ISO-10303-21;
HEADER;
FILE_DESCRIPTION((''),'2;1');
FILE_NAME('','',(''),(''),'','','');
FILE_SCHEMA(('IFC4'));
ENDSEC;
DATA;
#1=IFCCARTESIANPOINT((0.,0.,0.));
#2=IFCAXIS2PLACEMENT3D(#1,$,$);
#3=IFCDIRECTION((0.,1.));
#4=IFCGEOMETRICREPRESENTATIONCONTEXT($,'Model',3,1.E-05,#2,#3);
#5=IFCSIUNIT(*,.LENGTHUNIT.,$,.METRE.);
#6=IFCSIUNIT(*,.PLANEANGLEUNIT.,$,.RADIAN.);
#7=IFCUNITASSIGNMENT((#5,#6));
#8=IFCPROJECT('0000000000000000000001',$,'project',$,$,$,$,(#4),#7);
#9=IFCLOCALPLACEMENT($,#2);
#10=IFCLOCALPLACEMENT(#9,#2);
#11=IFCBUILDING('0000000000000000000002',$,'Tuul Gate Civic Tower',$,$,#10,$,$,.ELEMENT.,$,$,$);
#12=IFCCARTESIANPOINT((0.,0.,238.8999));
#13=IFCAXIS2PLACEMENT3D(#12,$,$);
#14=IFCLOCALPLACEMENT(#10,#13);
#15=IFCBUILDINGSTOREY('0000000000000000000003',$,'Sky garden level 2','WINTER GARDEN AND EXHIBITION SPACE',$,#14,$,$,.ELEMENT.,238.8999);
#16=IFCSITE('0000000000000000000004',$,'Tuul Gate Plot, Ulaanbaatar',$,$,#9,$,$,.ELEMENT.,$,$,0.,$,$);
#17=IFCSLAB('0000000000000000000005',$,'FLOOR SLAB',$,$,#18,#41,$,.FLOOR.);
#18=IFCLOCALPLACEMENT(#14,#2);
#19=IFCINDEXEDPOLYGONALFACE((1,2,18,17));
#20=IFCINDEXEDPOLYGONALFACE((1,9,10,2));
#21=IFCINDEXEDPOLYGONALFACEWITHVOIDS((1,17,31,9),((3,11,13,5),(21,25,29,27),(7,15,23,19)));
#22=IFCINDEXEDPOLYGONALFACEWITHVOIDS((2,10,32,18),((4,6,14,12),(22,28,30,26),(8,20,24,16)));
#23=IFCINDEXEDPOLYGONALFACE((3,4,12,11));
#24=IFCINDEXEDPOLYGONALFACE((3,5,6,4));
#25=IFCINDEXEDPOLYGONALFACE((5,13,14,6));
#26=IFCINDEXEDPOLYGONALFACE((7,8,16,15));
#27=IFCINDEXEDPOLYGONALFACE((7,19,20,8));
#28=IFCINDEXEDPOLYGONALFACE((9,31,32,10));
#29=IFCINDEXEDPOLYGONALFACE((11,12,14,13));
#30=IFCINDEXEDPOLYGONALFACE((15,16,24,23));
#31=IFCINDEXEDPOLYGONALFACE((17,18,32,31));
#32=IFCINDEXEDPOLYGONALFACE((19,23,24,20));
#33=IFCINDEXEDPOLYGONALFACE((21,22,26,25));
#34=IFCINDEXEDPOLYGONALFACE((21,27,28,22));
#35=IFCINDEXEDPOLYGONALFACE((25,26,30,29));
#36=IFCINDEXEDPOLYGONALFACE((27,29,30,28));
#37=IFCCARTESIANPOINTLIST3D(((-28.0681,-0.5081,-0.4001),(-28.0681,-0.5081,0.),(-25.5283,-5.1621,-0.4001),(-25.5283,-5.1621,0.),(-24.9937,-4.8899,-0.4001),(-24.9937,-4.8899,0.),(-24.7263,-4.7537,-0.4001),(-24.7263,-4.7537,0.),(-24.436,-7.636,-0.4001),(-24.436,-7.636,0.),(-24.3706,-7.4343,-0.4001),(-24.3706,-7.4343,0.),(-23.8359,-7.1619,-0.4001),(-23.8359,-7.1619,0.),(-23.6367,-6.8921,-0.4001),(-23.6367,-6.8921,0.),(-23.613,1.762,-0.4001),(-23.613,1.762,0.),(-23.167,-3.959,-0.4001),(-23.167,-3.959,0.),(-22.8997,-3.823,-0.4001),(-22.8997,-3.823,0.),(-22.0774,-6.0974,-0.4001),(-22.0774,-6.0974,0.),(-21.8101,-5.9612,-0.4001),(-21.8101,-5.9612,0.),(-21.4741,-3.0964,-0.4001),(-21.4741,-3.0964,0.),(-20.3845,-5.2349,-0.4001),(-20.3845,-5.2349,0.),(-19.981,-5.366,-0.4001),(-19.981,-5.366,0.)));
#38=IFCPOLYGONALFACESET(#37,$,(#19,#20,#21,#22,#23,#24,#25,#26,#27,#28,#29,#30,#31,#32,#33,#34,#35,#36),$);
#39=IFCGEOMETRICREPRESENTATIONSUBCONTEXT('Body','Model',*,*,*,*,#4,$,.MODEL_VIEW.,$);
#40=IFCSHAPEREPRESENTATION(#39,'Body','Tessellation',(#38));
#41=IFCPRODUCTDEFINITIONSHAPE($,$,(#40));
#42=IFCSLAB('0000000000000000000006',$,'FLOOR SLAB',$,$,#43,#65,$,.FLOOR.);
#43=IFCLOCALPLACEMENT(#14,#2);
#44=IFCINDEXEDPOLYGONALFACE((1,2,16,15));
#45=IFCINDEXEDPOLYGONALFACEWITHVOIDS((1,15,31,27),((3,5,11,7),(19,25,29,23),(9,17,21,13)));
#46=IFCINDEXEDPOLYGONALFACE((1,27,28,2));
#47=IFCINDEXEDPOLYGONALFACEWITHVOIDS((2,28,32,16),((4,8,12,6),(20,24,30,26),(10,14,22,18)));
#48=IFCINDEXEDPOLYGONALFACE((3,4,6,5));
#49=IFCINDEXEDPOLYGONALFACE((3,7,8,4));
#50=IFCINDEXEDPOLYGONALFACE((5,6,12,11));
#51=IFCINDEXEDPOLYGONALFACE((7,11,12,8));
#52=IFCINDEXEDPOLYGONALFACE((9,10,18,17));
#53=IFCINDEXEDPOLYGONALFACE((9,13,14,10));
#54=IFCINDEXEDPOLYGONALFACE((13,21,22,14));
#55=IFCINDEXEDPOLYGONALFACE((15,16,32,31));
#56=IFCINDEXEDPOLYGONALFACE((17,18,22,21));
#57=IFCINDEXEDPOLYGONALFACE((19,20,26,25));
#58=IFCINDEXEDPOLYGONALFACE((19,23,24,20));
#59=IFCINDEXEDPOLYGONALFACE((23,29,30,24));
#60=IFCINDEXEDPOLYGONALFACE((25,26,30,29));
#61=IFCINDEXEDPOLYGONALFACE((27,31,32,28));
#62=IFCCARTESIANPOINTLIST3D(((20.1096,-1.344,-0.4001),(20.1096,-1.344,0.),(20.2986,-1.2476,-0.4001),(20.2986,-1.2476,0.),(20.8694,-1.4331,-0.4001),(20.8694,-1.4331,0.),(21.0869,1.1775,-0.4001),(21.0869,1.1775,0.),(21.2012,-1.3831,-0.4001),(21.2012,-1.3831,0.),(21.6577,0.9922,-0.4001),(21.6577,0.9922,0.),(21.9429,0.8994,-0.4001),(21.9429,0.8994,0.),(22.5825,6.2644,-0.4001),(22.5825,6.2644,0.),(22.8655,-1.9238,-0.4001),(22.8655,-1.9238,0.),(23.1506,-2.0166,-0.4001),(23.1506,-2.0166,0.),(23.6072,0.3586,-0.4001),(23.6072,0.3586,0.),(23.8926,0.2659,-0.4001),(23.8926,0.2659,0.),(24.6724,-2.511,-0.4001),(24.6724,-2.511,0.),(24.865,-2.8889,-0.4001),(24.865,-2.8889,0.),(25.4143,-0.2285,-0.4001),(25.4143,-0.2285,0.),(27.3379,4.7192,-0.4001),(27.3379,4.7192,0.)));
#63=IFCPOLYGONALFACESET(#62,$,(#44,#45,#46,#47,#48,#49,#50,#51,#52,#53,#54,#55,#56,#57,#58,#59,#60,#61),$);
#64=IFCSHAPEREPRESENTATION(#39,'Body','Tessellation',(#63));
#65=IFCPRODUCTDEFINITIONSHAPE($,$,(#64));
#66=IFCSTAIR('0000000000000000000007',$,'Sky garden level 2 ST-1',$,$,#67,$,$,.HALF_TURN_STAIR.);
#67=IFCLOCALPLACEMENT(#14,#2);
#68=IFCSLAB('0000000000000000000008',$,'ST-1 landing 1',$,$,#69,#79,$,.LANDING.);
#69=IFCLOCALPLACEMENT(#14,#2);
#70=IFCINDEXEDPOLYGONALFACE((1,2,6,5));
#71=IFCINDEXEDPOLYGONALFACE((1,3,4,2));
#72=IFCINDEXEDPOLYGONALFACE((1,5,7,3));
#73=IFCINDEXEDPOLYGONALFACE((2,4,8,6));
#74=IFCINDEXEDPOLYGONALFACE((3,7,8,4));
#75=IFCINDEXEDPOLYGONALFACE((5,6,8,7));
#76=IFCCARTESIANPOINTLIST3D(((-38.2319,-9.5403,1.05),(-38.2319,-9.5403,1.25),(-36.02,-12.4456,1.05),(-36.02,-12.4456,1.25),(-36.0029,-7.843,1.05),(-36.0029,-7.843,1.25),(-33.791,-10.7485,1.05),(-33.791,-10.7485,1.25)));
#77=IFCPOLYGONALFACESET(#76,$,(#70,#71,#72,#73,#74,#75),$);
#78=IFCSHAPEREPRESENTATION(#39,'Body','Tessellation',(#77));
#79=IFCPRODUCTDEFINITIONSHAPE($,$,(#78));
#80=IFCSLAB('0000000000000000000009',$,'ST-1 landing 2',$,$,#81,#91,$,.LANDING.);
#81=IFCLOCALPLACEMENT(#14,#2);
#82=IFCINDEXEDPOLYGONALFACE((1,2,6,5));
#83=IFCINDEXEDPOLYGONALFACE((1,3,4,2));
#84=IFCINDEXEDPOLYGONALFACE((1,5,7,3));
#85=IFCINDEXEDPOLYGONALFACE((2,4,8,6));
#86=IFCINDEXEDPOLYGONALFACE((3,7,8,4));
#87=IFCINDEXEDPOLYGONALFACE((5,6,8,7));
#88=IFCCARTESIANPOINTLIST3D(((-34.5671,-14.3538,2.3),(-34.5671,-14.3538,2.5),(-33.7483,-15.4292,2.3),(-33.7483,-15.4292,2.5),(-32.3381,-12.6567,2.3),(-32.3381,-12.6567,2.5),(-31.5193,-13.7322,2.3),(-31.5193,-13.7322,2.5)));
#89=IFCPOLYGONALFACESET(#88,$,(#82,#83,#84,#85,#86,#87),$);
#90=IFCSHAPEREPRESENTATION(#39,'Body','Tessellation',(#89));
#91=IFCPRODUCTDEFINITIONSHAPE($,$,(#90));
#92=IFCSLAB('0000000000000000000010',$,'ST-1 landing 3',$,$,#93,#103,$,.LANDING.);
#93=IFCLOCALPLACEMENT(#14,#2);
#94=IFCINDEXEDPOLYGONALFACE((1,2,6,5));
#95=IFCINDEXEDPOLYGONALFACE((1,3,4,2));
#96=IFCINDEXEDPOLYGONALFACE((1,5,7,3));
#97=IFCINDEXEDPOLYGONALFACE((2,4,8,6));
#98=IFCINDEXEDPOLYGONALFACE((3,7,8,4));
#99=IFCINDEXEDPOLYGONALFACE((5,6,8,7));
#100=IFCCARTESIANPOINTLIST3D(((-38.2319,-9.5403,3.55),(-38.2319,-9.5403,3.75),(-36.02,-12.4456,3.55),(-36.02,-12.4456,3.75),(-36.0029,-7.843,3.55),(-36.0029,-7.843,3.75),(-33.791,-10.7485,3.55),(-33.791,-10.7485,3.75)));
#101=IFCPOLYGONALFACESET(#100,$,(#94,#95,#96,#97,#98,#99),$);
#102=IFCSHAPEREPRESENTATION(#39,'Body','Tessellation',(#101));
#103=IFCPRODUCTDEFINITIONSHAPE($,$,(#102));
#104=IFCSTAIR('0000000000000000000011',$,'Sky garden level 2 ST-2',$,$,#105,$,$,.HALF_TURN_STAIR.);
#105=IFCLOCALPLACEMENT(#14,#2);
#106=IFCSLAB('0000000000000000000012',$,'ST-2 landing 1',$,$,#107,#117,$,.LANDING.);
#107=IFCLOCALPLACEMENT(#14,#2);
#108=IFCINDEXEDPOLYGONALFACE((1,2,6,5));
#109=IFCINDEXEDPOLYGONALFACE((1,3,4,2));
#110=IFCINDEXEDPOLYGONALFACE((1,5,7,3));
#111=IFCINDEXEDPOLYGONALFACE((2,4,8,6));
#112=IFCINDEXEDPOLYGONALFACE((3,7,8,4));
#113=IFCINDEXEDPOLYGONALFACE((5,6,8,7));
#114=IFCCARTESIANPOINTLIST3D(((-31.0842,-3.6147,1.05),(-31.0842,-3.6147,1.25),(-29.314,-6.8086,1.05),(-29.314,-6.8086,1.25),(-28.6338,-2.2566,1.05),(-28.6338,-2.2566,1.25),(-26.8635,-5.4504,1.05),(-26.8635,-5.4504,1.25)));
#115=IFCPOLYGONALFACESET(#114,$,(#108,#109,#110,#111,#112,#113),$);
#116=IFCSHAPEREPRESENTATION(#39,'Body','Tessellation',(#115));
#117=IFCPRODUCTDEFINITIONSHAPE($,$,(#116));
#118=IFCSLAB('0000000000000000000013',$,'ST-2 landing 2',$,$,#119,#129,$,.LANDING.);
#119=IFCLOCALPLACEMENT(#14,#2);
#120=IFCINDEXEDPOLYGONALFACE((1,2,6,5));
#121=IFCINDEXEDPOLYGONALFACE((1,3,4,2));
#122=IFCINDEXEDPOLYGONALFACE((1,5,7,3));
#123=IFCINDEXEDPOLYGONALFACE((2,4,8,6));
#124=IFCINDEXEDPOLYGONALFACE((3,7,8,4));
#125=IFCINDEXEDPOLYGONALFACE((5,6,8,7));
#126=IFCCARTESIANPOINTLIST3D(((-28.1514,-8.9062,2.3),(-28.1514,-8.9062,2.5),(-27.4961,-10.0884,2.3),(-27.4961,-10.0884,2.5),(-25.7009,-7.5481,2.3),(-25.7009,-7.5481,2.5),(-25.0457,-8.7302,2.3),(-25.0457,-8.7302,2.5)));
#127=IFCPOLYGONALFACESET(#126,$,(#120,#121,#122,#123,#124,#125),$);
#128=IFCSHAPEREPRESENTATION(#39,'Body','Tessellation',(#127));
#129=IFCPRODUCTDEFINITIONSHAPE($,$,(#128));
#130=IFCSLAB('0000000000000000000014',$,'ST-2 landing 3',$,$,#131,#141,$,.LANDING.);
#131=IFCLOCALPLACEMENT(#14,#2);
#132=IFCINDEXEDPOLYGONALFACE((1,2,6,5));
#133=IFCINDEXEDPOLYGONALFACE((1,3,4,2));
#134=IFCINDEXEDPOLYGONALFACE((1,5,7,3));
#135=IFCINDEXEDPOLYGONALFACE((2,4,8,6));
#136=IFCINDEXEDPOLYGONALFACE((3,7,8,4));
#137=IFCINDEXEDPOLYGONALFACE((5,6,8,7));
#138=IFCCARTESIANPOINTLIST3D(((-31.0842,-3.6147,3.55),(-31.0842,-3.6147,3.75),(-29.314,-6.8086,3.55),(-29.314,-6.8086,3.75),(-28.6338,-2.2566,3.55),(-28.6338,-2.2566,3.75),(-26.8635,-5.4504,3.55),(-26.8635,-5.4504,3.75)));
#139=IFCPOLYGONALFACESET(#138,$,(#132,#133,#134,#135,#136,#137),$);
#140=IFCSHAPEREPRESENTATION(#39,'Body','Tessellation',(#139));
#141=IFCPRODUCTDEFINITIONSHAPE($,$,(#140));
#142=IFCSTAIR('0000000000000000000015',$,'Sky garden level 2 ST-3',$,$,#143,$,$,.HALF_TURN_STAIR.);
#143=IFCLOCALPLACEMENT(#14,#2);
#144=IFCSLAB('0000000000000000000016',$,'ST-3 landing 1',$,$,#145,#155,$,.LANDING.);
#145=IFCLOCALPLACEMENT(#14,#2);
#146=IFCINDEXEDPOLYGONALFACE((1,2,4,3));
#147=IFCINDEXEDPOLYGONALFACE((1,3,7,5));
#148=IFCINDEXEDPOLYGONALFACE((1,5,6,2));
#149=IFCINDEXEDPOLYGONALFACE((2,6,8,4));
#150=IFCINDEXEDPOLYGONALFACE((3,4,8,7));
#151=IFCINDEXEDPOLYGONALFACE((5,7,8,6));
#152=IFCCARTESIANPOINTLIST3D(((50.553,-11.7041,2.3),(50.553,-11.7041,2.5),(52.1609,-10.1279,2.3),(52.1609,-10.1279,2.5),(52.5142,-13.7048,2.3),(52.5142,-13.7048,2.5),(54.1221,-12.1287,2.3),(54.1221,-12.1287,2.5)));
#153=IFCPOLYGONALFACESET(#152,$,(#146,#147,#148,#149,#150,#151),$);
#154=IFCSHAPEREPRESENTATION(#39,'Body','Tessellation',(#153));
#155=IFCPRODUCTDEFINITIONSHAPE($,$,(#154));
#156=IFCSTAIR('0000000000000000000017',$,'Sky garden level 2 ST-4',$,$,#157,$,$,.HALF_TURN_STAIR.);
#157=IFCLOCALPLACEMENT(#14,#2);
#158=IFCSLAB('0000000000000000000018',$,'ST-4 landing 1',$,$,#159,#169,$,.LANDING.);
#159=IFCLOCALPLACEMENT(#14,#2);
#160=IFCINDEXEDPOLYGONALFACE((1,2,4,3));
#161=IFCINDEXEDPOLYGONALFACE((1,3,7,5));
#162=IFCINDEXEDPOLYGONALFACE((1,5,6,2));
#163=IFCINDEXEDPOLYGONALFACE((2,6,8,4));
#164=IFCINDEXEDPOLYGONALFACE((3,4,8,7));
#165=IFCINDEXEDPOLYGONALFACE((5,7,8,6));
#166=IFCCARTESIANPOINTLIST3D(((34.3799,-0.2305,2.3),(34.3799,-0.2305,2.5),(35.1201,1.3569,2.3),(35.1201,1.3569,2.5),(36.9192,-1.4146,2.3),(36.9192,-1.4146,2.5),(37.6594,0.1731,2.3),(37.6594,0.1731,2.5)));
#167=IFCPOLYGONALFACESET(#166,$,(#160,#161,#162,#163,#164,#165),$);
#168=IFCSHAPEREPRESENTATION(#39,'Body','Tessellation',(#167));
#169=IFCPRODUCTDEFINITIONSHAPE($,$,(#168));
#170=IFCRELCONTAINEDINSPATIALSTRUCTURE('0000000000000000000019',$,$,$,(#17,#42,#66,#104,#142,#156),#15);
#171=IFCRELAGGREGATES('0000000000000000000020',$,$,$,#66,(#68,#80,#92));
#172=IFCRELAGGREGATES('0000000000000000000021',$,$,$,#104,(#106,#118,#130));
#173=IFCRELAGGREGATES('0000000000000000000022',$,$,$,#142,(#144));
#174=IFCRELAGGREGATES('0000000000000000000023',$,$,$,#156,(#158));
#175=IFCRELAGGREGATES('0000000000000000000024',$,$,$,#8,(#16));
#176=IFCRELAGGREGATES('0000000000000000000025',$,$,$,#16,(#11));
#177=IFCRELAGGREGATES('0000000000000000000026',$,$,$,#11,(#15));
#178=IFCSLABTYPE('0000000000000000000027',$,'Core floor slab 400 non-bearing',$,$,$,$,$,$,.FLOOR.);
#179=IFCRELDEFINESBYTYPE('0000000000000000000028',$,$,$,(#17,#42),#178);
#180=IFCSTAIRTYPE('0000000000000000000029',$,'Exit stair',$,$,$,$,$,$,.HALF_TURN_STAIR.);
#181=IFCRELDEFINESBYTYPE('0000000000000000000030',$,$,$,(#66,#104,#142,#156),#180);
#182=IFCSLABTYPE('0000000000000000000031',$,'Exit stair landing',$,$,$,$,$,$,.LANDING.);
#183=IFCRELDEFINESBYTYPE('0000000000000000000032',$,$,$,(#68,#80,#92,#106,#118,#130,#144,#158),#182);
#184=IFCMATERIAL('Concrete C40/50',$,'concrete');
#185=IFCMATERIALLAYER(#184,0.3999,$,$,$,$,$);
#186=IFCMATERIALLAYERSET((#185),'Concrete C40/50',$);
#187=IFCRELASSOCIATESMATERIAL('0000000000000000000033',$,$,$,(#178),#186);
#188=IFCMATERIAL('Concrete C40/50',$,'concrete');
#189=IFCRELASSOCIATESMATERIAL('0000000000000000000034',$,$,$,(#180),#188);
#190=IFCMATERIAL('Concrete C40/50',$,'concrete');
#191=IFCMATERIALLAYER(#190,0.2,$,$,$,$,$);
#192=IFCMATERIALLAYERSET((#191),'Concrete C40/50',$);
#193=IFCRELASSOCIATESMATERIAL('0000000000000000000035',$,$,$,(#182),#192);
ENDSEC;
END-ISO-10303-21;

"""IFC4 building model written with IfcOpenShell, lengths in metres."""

from ifc_helpers import new_model, si_unit, direction, frame, origin, place, context, subcontext, project, spatial, polyline, outline, extrude, material, layer, layer_set, type_object, element, aggregate, save


model = new_model("IFC4")

# Units and contexts
model_context = context("Model", 3, precision=1e-05, world=origin(), true_north=direction((0.0, 1.0)))
body_context = subcontext(model_context, "Body", "Model", "MODEL_VIEW")
ifc_project = project(units=[si_unit("LENGTHUNIT", "METRE"), si_unit("PLANEANGLEUNIT", "RADIAN")], contexts=[model_context])

# Site, building, storey
site_placement = place(None, origin())
site = spatial("IfcSite", under=ifc_project, at=site_placement, Name="Tuul Gate Plot, Ulaanbaatar", CompositionType="ELEMENT", RefElevation=0.0)
building_placement = place(site_placement, origin())
building = spatial("IfcBuilding", under=site, at=building_placement, Name="Tuul Gate Civic Tower", CompositionType="ELEMENT")
storey_placement = place(building_placement, frame((0.0, 0.0, 238.8999)))
storey = spatial("IfcBuildingStorey", under=building, at=storey_placement, Name="Sky garden level 2", Description="WINTER GARDEN AND EXHIBITION SPACE", CompositionType="ELEMENT", Elevation=238.8999)

# Slabs
ifc_material_1 = material(Name="Concrete C40/50", Category="concrete")
ifc_layer_1 = layer(ifc_material_1, 0.3999)
ifc_layer_set_1 = layer_set([ifc_layer_1], Name="Concrete C40/50")
slab_type_1 = type_object("IfcSlabType", Name="Core floor slab 400 non-bearing", PredefinedType="FLOOR", material=ifc_layer_set_1)
slab_1_placement = place(storey_placement, frame((0.0, 0.0, -0.4001)))
element("IfcSlab", 1, at=slab_1_placement, inside=storey, type_object=slab_type_1, Name="FLOOR SLAB", PredefinedType="FLOOR", context=body_context, shape_type="SweptSolid", body=[
    extrude(outline(polyline([(-19.981, -5.366), (-23.613, 1.762), (-28.0681, -0.5081), (-24.436, -7.636), (-19.981, -5.366)]), holes=[polyline([(-20.3845, -5.2349), (-21.4741, -3.0964), (-22.8997, -3.823), (-21.8101, -5.9612), (-20.3845, -5.2349)]), polyline([(-22.0774, -6.0974), (-23.167, -3.959), (-24.7263, -4.7537), (-23.6367, -6.8921), (-22.0774, -6.0974)]), polyline([(-23.8359, -7.1619), (-24.9937, -4.8899), (-25.5283, -5.1621), (-24.3706, -7.4343), (-23.8359, -7.1619)])]), origin(), (0.0, 0.0, 1.0), 0.4001),
])
slab_2_placement = place(storey_placement, frame((0.0, 0.0, -0.4001)))
element("IfcSlab", 2, at=slab_2_placement, inside=storey, type_object=slab_type_1, Name="FLOOR SLAB", PredefinedType="FLOOR", context=body_context, shape_type="SweptSolid", body=[
    extrude(outline(polyline([(24.865, -2.8889), (27.3379, 4.7192), (22.5825, 6.2644), (20.1096, -1.344), (24.865, -2.8889)]), holes=[polyline([(24.6724, -2.511), (25.4143, -0.2285), (23.8926, 0.2659), (23.1506, -2.0166), (24.6724, -2.511)]), polyline([(22.8655, -1.9238), (23.6072, 0.3586), (21.9429, 0.8994), (21.2012, -1.3831), (22.8655, -1.9238)]), polyline([(20.8694, -1.4331), (21.6577, 0.9922), (21.0869, 1.1775), (20.2986, -1.2476), (20.8694, -1.4331)])]), origin(), (0.0, 0.0, 1.0), 0.4001),
])

# Stairs, slabs
ifc_material_2 = material(Name="Concrete C40/50", Category="concrete")
stair_type = type_object("IfcStairType", Name="Exit stair", PredefinedType="HALF_TURN_STAIR", material=ifc_material_2)
stair_1_placement = place(storey_placement, origin())
stair_1 = element("IfcStair", 3, at=stair_1_placement, inside=storey, type_object=stair_type, Name="Sky garden level 2 ST-1", PredefinedType="HALF_TURN_STAIR")
ifc_material_3 = material(Name="Concrete C40/50", Category="concrete")
ifc_layer_2 = layer(ifc_material_3, 0.2)
ifc_layer_set_2 = layer_set([ifc_layer_2], Name="Concrete C40/50")
slab_type_2 = type_object("IfcSlabType", Name="Exit stair landing", PredefinedType="LANDING", material=ifc_layer_set_2)
slab_3_placement = place(storey_placement, frame((0.0, 0.0, 1.05)))
slab_3 = element("IfcSlab", 4, at=slab_3_placement, type_object=slab_type_2, Name="ST-1 landing 1", PredefinedType="LANDING", context=body_context, shape_type="SweptSolid", body=[
    extrude(outline(polyline([(-33.791, -10.7485), (-36.02, -12.4456), (-38.2319, -9.5403), (-36.0029, -7.843), (-33.791, -10.7485)])), origin(), (0.0, 0.0, 1.0), 0.2),
])
slab_4_placement = place(storey_placement, frame((0.0, 0.0, 2.3)))
slab_4 = element("IfcSlab", 5, at=slab_4_placement, type_object=slab_type_2, Name="ST-1 landing 2", PredefinedType="LANDING", context=body_context, shape_type="SweptSolid", body=[
    extrude(outline(polyline([(-31.5193, -13.7322), (-33.7483, -15.4292), (-34.5671, -14.3538), (-32.3381, -12.6567), (-31.5193, -13.7322)])), origin(), (0.0, 0.0, 1.0), 0.2),
])
slab_5_placement = place(storey_placement, frame((0.0, 0.0, 3.55)))
slab_5 = element("IfcSlab", 6, at=slab_5_placement, type_object=slab_type_2, Name="ST-1 landing 3", PredefinedType="LANDING", context=body_context, shape_type="SweptSolid", body=[
    extrude(outline(polyline([(-33.791, -10.7485), (-36.02, -12.4456), (-38.2319, -9.5403), (-36.0029, -7.843), (-33.791, -10.7485)])), origin(), (0.0, 0.0, 1.0), 0.2),
])
aggregate(stair_1, [slab_3, slab_4, slab_5])
stair_2_placement = place(storey_placement, origin())
stair_2 = element("IfcStair", 7, at=stair_2_placement, inside=storey, type_object=stair_type, Name="Sky garden level 2 ST-2", PredefinedType="HALF_TURN_STAIR")
slab_6_placement = place(storey_placement, frame((0.0, 0.0, 1.05)))
slab_6 = element("IfcSlab", 8, at=slab_6_placement, type_object=slab_type_2, Name="ST-2 landing 1", PredefinedType="LANDING", context=body_context, shape_type="SweptSolid", body=[
    extrude(outline(polyline([(-26.8635, -5.4504), (-29.314, -6.8086), (-31.0842, -3.6147), (-28.6338, -2.2566), (-26.8635, -5.4504)])), origin(), (0.0, 0.0, 1.0), 0.2),
])
slab_7_placement = place(storey_placement, frame((0.0, 0.0, 2.3)))
slab_7 = element("IfcSlab", 9, at=slab_7_placement, type_object=slab_type_2, Name="ST-2 landing 2", PredefinedType="LANDING", context=body_context, shape_type="SweptSolid", body=[
    extrude(outline(polyline([(-25.0457, -8.7302), (-27.4961, -10.0884), (-28.1514, -8.9062), (-25.7009, -7.5481), (-25.0457, -8.7302)])), origin(), (0.0, 0.0, 1.0), 0.2),
])
slab_8_placement = place(storey_placement, frame((0.0, 0.0, 3.55)))
slab_8 = element("IfcSlab", 10, at=slab_8_placement, type_object=slab_type_2, Name="ST-2 landing 3", PredefinedType="LANDING", context=body_context, shape_type="SweptSolid", body=[
    extrude(outline(polyline([(-26.8635, -5.4504), (-29.314, -6.8086), (-31.0842, -3.6147), (-28.6338, -2.2566), (-26.8635, -5.4504)])), origin(), (0.0, 0.0, 1.0), 0.2),
])
aggregate(stair_2, [slab_6, slab_7, slab_8])

# Stairs, slabs
stair_3_placement = place(storey_placement, origin())
stair_3 = element("IfcStair", 11, at=stair_3_placement, inside=storey, type_object=stair_type, Name="Sky garden level 2 ST-3", PredefinedType="HALF_TURN_STAIR")
slab_9_placement = place(storey_placement, frame((0.0, 0.0, 2.3)))
slab_9 = element("IfcSlab", 12, at=slab_9_placement, type_object=slab_type_2, Name="ST-3 landing 1", PredefinedType="LANDING", context=body_context, shape_type="SweptSolid", body=[
    extrude(outline(polyline([(52.5142, -13.7048), (50.553, -11.7041), (52.1609, -10.1279), (54.1221, -12.1287), (52.5142, -13.7048)])), origin(), (0.0, 0.0, 1.0), 0.2),
])
aggregate(stair_3, [slab_9])
stair_4_placement = place(storey_placement, origin())
stair_4 = element("IfcStair", 13, at=stair_4_placement, inside=storey, type_object=stair_type, Name="Sky garden level 2 ST-4", PredefinedType="HALF_TURN_STAIR")
slab_10_placement = place(storey_placement, frame((0.0, 0.0, 2.3)))
slab_10 = element("IfcSlab", 14, at=slab_10_placement, type_object=slab_type_2, Name="ST-4 landing 1", PredefinedType="LANDING", context=body_context, shape_type="SweptSolid", body=[
    extrude(outline(polyline([(36.9192, -1.4146), (34.3799, -0.2305), (35.1201, 1.3569), (37.6594, 0.1731), (36.9192, -1.4146)])), origin(), (0.0, 0.0, 1.0), 0.2),
])
aggregate(stair_4, [slab_10])

save(model, "model.ifc")
